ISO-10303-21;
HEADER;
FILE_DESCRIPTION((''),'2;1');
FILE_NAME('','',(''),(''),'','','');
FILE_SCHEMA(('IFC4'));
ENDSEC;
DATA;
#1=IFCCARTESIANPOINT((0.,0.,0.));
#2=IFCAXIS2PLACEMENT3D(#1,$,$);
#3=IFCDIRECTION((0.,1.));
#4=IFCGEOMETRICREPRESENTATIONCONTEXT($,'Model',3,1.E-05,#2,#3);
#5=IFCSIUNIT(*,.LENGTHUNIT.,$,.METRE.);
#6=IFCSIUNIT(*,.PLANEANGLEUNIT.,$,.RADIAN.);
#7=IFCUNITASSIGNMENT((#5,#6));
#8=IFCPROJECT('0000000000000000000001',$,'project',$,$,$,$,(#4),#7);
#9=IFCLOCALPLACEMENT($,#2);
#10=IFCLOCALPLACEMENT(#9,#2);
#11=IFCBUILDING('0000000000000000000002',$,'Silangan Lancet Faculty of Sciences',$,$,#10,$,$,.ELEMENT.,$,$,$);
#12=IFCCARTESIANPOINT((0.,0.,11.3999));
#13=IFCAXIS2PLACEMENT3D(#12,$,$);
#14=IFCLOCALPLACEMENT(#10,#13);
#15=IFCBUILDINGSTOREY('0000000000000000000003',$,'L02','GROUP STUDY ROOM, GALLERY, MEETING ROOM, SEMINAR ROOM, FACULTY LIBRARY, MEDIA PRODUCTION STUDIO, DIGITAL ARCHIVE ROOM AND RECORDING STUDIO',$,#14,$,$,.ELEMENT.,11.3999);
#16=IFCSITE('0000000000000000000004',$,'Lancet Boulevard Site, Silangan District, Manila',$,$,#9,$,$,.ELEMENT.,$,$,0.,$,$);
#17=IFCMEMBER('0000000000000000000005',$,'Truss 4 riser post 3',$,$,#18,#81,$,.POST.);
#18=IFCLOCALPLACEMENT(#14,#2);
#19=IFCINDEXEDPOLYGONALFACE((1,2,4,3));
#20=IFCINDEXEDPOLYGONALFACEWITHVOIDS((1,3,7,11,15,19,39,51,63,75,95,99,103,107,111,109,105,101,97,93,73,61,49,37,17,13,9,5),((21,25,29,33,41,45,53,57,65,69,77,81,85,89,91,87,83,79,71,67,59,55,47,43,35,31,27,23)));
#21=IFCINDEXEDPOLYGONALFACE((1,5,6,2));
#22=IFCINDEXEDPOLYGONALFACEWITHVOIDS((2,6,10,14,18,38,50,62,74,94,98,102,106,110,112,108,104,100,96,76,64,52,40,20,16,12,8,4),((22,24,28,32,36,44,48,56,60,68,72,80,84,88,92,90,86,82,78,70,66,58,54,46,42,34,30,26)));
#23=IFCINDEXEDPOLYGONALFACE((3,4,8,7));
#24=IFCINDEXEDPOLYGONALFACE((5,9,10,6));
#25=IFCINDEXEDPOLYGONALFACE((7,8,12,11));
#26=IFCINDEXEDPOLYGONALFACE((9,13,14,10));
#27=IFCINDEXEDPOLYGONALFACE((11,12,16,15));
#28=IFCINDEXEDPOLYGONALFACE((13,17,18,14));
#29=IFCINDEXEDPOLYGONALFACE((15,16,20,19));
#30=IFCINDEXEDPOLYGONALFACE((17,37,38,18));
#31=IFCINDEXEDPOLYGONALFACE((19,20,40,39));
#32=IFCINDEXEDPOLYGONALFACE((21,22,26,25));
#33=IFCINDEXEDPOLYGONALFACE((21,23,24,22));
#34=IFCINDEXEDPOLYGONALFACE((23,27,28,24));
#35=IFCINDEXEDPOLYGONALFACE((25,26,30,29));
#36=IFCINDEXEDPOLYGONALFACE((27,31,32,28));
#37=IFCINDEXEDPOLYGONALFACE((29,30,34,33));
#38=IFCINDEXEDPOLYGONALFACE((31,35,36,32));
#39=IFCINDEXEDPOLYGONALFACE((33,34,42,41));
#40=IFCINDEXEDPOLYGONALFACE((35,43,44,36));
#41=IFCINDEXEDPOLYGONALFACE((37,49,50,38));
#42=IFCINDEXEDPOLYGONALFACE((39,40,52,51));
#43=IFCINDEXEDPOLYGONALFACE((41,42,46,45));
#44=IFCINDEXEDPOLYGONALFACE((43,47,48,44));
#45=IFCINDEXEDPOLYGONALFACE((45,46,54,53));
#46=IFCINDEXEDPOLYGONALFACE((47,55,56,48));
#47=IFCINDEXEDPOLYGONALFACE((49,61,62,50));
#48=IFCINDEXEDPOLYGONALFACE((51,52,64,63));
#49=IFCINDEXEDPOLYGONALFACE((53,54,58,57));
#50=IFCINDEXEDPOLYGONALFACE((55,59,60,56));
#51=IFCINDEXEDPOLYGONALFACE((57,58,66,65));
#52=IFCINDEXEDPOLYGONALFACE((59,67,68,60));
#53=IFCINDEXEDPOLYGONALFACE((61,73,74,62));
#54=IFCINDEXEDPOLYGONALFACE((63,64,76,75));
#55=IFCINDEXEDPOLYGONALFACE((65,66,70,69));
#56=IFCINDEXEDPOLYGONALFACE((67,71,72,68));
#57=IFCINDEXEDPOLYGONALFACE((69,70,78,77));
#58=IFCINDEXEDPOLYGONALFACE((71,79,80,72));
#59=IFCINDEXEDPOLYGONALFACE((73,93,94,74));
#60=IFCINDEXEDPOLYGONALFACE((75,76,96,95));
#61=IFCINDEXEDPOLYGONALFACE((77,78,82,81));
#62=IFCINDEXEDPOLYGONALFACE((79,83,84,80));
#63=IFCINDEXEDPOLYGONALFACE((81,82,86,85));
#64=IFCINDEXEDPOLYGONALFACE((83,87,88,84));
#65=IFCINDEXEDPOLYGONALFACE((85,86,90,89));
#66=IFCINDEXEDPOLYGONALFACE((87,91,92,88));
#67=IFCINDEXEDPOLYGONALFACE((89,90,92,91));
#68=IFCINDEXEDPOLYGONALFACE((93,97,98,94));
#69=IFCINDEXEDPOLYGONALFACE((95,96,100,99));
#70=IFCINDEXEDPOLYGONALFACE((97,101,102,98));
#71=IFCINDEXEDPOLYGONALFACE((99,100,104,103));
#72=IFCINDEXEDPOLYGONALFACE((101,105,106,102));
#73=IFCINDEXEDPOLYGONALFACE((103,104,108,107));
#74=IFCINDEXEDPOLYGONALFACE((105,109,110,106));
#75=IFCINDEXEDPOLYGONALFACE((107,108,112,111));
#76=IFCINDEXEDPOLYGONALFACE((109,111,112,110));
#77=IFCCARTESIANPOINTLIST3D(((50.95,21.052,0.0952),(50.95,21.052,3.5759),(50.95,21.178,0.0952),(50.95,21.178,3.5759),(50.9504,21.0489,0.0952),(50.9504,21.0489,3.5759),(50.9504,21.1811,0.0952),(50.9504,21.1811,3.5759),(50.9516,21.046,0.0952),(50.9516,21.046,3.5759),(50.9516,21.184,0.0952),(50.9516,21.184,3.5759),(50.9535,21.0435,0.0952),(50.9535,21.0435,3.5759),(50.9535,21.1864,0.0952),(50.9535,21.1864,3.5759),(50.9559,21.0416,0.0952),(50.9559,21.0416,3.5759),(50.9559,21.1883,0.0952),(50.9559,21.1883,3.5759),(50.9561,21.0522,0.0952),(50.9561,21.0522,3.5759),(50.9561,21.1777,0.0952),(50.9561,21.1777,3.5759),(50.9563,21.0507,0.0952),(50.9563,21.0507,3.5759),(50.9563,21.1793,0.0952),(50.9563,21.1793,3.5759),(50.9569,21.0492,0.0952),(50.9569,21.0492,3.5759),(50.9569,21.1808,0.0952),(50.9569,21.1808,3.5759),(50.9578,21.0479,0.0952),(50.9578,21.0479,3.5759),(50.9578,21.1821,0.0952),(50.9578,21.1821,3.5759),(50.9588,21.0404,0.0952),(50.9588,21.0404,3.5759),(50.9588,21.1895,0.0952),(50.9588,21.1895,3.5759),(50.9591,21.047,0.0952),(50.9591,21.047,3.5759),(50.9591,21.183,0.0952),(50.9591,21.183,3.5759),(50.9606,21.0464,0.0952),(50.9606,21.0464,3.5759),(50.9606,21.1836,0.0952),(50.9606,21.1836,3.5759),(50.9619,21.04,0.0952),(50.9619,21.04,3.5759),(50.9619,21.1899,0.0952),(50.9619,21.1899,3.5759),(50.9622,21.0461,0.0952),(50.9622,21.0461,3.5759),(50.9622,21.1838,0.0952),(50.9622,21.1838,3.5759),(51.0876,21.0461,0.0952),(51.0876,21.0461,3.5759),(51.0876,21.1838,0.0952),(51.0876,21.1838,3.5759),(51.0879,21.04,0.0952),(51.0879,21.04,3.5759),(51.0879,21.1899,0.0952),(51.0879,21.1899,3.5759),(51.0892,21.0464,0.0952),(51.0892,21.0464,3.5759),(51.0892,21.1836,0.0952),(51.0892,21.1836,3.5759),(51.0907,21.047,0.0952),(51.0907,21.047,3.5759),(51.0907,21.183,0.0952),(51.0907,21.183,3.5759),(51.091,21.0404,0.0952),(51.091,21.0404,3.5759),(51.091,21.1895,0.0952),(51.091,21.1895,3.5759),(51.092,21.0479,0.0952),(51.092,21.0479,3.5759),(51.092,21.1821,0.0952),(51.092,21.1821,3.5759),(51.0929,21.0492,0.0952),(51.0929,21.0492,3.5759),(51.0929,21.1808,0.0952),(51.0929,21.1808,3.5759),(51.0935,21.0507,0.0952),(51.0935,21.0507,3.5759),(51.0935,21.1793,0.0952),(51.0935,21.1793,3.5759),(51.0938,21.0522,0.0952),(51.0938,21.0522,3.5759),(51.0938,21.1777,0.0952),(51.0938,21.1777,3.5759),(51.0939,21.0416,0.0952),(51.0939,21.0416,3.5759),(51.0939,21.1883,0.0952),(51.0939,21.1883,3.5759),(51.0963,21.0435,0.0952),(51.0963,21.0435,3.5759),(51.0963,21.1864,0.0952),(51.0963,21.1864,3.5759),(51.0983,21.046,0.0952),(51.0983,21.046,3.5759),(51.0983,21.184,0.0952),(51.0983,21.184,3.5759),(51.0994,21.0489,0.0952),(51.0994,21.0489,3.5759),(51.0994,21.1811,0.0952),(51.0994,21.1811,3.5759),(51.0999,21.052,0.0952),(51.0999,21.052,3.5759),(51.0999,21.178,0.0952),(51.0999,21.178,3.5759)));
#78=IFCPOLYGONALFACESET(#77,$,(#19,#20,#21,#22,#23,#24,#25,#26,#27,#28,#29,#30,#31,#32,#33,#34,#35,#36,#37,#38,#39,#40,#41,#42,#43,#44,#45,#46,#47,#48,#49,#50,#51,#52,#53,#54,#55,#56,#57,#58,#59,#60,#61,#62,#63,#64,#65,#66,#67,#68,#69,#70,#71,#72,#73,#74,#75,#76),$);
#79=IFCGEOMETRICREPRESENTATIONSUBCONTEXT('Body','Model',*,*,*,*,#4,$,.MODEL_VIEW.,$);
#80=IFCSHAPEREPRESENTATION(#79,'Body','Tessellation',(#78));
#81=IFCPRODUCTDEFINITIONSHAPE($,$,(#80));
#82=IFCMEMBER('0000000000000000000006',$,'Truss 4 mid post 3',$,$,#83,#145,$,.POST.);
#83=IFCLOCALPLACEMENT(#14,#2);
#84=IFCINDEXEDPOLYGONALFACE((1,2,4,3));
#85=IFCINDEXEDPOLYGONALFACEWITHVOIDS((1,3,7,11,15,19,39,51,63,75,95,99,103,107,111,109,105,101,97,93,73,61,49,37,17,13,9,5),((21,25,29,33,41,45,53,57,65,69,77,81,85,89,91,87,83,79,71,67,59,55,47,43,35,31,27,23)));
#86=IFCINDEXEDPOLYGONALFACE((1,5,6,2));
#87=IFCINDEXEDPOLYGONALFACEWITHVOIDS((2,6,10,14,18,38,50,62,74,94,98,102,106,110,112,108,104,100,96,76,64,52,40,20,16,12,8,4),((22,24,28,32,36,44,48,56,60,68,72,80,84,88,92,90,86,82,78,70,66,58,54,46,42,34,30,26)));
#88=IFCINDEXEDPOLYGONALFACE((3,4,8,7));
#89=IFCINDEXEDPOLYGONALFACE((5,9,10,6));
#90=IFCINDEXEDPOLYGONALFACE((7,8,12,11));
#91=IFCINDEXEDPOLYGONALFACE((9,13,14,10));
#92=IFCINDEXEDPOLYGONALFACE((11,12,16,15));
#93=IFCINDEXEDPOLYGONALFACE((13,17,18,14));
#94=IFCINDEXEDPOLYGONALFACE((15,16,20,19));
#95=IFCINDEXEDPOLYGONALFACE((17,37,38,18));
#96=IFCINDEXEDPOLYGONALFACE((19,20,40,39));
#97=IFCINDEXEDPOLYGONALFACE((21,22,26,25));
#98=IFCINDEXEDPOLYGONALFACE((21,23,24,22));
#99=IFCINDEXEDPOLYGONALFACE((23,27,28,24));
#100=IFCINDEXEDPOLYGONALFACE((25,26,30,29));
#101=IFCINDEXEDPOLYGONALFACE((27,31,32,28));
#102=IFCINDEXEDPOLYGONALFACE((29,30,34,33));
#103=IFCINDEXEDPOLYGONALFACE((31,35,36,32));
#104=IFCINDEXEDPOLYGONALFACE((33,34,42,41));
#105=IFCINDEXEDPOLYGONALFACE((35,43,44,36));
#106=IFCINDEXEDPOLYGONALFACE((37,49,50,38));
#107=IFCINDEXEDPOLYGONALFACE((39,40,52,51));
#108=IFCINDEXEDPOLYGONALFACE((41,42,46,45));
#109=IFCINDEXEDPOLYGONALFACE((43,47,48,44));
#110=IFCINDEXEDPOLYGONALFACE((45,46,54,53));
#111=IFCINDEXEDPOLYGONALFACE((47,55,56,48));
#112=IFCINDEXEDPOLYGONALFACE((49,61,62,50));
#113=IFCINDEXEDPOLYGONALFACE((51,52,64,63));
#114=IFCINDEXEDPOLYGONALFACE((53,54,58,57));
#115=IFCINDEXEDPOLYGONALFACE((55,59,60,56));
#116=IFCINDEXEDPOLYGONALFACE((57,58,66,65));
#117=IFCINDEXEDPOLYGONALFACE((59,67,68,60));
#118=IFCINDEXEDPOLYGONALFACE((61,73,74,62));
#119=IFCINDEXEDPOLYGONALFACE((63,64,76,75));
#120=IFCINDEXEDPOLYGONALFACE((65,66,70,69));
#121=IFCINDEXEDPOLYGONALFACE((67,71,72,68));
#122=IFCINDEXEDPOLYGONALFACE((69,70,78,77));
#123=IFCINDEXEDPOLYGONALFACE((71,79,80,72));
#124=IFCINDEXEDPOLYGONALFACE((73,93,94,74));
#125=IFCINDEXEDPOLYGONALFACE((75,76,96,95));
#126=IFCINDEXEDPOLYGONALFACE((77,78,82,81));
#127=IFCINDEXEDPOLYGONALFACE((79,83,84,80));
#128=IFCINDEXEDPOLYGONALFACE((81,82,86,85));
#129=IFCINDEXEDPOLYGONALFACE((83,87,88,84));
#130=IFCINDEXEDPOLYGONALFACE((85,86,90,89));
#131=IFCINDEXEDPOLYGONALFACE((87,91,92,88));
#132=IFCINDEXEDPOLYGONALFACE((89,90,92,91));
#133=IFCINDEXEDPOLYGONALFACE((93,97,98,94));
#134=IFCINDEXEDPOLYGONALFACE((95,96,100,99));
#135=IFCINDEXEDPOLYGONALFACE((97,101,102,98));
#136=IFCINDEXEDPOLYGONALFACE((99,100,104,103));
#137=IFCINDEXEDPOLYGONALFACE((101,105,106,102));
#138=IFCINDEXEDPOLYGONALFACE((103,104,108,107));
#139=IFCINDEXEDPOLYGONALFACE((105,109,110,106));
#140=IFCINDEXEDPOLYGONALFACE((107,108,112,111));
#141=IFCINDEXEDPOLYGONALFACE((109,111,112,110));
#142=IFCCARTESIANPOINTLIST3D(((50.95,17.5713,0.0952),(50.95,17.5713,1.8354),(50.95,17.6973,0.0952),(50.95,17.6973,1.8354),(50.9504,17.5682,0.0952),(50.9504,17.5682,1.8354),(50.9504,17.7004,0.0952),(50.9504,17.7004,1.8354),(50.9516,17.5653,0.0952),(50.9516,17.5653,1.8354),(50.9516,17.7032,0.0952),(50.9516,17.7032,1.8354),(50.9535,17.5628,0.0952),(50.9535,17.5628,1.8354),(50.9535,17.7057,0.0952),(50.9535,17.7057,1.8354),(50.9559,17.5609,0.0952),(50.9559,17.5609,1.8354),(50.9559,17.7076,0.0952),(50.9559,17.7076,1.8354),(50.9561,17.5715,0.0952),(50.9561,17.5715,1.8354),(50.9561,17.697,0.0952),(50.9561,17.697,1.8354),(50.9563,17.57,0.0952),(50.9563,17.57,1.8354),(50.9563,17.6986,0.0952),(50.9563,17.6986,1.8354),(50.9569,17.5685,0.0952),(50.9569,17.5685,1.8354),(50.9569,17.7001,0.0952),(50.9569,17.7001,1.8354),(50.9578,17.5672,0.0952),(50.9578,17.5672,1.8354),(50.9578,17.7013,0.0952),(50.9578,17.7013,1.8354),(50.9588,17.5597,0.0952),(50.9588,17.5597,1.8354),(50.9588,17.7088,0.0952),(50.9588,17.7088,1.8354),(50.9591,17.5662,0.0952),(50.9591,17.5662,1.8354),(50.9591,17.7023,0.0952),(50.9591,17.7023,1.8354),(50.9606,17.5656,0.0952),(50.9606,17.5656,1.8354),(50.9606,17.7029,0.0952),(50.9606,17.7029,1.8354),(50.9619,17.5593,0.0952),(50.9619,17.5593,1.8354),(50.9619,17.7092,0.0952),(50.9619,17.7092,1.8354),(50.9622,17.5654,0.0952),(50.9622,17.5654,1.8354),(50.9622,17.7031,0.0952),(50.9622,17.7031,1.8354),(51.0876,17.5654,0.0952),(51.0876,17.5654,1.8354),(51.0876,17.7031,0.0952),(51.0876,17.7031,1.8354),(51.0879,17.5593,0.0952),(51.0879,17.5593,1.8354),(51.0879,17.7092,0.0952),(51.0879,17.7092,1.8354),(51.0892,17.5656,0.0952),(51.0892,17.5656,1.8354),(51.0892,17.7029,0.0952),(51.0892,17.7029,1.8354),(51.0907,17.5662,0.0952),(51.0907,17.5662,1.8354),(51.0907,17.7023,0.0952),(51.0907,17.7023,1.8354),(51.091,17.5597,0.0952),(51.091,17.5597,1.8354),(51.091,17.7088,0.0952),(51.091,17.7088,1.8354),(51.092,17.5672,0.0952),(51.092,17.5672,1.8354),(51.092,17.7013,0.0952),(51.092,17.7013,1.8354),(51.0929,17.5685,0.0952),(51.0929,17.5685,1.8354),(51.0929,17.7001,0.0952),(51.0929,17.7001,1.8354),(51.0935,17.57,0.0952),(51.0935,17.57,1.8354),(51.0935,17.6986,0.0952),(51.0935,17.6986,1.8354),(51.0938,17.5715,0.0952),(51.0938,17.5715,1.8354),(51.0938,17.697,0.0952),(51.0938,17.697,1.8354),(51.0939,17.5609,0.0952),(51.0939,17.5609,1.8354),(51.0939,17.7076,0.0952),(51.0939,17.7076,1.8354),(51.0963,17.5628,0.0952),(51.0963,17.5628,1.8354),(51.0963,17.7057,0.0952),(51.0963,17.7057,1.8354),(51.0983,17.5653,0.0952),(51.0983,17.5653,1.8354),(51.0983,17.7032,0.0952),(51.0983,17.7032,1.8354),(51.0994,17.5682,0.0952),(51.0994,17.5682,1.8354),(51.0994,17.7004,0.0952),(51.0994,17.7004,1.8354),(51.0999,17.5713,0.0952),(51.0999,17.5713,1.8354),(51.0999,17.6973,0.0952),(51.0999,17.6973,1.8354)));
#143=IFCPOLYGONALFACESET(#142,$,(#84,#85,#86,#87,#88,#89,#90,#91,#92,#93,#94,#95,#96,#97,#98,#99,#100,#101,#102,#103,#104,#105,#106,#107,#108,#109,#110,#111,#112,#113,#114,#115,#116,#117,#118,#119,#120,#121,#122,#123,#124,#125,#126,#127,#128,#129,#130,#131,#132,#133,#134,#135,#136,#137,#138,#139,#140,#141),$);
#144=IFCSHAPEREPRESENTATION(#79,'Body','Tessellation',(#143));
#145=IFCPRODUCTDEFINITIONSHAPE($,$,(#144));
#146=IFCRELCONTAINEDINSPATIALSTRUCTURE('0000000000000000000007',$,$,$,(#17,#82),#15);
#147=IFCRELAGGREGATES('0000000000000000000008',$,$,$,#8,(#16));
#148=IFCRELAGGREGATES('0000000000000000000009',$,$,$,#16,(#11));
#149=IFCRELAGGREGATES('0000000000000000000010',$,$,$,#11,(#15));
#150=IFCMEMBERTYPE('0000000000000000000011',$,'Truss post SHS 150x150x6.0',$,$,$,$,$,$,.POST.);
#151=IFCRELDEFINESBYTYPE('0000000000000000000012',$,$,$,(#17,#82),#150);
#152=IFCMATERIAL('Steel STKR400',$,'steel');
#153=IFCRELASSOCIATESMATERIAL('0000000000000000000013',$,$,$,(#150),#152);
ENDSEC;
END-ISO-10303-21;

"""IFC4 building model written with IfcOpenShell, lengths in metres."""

from ifc_helpers import new_model, si_unit, direction, frame, origin, origin_2d, place, context, subcontext, project, spatial, hollow_rectangle, extrude, material, material_profile, profile_set, type_object, element, save


model = new_model("IFC4")

# Units and contexts
model_context = context("Model", 3, precision=1e-05, world=origin(), true_north=direction((0.0, 1.0)))
body_context = subcontext(model_context, "Body", "Model", "MODEL_VIEW")
ifc_project = project(units=[si_unit("LENGTHUNIT", "METRE"), si_unit("PLANEANGLEUNIT", "RADIAN")], contexts=[model_context])

# Site, building, storey
site_placement = place(None, origin())
site = spatial("IfcSite", under=ifc_project, at=site_placement, Name="Lancet Boulevard Site, Silangan District, Manila", CompositionType="ELEMENT", RefElevation=0.0)
building_placement = place(site_placement, origin())
building = spatial("IfcBuilding", under=site, at=building_placement, Name="Silangan Lancet Faculty of Sciences", CompositionType="ELEMENT")
storey_placement = place(building_placement, frame((0.0, 0.0, 11.3999)))
storey = spatial("IfcBuildingStorey", under=building, at=storey_placement, Name="L02", Description="GROUP STUDY ROOM, GALLERY, MEETING ROOM, SEMINAR ROOM, FACULTY LIBRARY, MEDIA PRODUCTION STUDIO, DIGITAL ARCHIVE ROOM AND RECORDING STUDIO", CompositionType="ELEMENT", Elevation=11.3999)

# Members
ifc_material_1 = material(Name="Steel STKR400", Category="steel")
ifc_material_profile_1 = material_profile(ifc_material_1, hollow_rectangle(XDim=0.1499, YDim=0.1499, WallThickness=0.0061, InnerFilletRadius=0.0061, OuterFilletRadius=0.012, at=origin_2d()), Name="SHS 150x150x6.0")
ifc_profile_set_1 = profile_set([ifc_material_profile_1], Name="Steel STKR400")
member_type_1 = type_object("IfcMemberType", Name="Truss post SHS 150x150x6.0", PredefinedType="POST", material=ifc_profile_set_1)
member_1_placement = place(storey_placement, frame((51.0249, 21.115, 0.0952), z_axis=(0.0, 0.0, 1.0), x_axis=(1.0, 0.0, 0.0)))
element("IfcMember", 1, at=member_1_placement, inside=storey, type_object=member_type_1, Name="Truss 4 riser post 3", PredefinedType="POST", context=body_context, shape_type="SweptSolid", body=[
    extrude(hollow_rectangle(XDim=0.1499, YDim=0.1499, WallThickness=0.0061, InnerFilletRadius=0.0061, OuterFilletRadius=0.012, at=origin_2d()), origin(), (0.0, 0.0, 1.0), 3.4807),
])
for number, where, z_axis, x_axis, name in (
    (2, (51.0249, 17.6343, 0.0952), (0.0, 0.0, 1.0), (1.0, 0.0, 0.0), "Truss 4 mid post 3"),
):
    element("IfcMember", number, at=place(storey_placement, frame(where, z_axis=z_axis, x_axis=x_axis)), inside=storey, type_object=member_type_1, Name=name, PredefinedType="POST", context=body_context, shape_type="SweptSolid", body=[
        extrude(hollow_rectangle(XDim=0.1499, YDim=0.1499, WallThickness=0.0061, InnerFilletRadius=0.0061, OuterFilletRadius=0.012, at=origin_2d()), origin(), (0.0, 0.0, 1.0), 1.7402),
    ])

save(model, "model.ifc")
